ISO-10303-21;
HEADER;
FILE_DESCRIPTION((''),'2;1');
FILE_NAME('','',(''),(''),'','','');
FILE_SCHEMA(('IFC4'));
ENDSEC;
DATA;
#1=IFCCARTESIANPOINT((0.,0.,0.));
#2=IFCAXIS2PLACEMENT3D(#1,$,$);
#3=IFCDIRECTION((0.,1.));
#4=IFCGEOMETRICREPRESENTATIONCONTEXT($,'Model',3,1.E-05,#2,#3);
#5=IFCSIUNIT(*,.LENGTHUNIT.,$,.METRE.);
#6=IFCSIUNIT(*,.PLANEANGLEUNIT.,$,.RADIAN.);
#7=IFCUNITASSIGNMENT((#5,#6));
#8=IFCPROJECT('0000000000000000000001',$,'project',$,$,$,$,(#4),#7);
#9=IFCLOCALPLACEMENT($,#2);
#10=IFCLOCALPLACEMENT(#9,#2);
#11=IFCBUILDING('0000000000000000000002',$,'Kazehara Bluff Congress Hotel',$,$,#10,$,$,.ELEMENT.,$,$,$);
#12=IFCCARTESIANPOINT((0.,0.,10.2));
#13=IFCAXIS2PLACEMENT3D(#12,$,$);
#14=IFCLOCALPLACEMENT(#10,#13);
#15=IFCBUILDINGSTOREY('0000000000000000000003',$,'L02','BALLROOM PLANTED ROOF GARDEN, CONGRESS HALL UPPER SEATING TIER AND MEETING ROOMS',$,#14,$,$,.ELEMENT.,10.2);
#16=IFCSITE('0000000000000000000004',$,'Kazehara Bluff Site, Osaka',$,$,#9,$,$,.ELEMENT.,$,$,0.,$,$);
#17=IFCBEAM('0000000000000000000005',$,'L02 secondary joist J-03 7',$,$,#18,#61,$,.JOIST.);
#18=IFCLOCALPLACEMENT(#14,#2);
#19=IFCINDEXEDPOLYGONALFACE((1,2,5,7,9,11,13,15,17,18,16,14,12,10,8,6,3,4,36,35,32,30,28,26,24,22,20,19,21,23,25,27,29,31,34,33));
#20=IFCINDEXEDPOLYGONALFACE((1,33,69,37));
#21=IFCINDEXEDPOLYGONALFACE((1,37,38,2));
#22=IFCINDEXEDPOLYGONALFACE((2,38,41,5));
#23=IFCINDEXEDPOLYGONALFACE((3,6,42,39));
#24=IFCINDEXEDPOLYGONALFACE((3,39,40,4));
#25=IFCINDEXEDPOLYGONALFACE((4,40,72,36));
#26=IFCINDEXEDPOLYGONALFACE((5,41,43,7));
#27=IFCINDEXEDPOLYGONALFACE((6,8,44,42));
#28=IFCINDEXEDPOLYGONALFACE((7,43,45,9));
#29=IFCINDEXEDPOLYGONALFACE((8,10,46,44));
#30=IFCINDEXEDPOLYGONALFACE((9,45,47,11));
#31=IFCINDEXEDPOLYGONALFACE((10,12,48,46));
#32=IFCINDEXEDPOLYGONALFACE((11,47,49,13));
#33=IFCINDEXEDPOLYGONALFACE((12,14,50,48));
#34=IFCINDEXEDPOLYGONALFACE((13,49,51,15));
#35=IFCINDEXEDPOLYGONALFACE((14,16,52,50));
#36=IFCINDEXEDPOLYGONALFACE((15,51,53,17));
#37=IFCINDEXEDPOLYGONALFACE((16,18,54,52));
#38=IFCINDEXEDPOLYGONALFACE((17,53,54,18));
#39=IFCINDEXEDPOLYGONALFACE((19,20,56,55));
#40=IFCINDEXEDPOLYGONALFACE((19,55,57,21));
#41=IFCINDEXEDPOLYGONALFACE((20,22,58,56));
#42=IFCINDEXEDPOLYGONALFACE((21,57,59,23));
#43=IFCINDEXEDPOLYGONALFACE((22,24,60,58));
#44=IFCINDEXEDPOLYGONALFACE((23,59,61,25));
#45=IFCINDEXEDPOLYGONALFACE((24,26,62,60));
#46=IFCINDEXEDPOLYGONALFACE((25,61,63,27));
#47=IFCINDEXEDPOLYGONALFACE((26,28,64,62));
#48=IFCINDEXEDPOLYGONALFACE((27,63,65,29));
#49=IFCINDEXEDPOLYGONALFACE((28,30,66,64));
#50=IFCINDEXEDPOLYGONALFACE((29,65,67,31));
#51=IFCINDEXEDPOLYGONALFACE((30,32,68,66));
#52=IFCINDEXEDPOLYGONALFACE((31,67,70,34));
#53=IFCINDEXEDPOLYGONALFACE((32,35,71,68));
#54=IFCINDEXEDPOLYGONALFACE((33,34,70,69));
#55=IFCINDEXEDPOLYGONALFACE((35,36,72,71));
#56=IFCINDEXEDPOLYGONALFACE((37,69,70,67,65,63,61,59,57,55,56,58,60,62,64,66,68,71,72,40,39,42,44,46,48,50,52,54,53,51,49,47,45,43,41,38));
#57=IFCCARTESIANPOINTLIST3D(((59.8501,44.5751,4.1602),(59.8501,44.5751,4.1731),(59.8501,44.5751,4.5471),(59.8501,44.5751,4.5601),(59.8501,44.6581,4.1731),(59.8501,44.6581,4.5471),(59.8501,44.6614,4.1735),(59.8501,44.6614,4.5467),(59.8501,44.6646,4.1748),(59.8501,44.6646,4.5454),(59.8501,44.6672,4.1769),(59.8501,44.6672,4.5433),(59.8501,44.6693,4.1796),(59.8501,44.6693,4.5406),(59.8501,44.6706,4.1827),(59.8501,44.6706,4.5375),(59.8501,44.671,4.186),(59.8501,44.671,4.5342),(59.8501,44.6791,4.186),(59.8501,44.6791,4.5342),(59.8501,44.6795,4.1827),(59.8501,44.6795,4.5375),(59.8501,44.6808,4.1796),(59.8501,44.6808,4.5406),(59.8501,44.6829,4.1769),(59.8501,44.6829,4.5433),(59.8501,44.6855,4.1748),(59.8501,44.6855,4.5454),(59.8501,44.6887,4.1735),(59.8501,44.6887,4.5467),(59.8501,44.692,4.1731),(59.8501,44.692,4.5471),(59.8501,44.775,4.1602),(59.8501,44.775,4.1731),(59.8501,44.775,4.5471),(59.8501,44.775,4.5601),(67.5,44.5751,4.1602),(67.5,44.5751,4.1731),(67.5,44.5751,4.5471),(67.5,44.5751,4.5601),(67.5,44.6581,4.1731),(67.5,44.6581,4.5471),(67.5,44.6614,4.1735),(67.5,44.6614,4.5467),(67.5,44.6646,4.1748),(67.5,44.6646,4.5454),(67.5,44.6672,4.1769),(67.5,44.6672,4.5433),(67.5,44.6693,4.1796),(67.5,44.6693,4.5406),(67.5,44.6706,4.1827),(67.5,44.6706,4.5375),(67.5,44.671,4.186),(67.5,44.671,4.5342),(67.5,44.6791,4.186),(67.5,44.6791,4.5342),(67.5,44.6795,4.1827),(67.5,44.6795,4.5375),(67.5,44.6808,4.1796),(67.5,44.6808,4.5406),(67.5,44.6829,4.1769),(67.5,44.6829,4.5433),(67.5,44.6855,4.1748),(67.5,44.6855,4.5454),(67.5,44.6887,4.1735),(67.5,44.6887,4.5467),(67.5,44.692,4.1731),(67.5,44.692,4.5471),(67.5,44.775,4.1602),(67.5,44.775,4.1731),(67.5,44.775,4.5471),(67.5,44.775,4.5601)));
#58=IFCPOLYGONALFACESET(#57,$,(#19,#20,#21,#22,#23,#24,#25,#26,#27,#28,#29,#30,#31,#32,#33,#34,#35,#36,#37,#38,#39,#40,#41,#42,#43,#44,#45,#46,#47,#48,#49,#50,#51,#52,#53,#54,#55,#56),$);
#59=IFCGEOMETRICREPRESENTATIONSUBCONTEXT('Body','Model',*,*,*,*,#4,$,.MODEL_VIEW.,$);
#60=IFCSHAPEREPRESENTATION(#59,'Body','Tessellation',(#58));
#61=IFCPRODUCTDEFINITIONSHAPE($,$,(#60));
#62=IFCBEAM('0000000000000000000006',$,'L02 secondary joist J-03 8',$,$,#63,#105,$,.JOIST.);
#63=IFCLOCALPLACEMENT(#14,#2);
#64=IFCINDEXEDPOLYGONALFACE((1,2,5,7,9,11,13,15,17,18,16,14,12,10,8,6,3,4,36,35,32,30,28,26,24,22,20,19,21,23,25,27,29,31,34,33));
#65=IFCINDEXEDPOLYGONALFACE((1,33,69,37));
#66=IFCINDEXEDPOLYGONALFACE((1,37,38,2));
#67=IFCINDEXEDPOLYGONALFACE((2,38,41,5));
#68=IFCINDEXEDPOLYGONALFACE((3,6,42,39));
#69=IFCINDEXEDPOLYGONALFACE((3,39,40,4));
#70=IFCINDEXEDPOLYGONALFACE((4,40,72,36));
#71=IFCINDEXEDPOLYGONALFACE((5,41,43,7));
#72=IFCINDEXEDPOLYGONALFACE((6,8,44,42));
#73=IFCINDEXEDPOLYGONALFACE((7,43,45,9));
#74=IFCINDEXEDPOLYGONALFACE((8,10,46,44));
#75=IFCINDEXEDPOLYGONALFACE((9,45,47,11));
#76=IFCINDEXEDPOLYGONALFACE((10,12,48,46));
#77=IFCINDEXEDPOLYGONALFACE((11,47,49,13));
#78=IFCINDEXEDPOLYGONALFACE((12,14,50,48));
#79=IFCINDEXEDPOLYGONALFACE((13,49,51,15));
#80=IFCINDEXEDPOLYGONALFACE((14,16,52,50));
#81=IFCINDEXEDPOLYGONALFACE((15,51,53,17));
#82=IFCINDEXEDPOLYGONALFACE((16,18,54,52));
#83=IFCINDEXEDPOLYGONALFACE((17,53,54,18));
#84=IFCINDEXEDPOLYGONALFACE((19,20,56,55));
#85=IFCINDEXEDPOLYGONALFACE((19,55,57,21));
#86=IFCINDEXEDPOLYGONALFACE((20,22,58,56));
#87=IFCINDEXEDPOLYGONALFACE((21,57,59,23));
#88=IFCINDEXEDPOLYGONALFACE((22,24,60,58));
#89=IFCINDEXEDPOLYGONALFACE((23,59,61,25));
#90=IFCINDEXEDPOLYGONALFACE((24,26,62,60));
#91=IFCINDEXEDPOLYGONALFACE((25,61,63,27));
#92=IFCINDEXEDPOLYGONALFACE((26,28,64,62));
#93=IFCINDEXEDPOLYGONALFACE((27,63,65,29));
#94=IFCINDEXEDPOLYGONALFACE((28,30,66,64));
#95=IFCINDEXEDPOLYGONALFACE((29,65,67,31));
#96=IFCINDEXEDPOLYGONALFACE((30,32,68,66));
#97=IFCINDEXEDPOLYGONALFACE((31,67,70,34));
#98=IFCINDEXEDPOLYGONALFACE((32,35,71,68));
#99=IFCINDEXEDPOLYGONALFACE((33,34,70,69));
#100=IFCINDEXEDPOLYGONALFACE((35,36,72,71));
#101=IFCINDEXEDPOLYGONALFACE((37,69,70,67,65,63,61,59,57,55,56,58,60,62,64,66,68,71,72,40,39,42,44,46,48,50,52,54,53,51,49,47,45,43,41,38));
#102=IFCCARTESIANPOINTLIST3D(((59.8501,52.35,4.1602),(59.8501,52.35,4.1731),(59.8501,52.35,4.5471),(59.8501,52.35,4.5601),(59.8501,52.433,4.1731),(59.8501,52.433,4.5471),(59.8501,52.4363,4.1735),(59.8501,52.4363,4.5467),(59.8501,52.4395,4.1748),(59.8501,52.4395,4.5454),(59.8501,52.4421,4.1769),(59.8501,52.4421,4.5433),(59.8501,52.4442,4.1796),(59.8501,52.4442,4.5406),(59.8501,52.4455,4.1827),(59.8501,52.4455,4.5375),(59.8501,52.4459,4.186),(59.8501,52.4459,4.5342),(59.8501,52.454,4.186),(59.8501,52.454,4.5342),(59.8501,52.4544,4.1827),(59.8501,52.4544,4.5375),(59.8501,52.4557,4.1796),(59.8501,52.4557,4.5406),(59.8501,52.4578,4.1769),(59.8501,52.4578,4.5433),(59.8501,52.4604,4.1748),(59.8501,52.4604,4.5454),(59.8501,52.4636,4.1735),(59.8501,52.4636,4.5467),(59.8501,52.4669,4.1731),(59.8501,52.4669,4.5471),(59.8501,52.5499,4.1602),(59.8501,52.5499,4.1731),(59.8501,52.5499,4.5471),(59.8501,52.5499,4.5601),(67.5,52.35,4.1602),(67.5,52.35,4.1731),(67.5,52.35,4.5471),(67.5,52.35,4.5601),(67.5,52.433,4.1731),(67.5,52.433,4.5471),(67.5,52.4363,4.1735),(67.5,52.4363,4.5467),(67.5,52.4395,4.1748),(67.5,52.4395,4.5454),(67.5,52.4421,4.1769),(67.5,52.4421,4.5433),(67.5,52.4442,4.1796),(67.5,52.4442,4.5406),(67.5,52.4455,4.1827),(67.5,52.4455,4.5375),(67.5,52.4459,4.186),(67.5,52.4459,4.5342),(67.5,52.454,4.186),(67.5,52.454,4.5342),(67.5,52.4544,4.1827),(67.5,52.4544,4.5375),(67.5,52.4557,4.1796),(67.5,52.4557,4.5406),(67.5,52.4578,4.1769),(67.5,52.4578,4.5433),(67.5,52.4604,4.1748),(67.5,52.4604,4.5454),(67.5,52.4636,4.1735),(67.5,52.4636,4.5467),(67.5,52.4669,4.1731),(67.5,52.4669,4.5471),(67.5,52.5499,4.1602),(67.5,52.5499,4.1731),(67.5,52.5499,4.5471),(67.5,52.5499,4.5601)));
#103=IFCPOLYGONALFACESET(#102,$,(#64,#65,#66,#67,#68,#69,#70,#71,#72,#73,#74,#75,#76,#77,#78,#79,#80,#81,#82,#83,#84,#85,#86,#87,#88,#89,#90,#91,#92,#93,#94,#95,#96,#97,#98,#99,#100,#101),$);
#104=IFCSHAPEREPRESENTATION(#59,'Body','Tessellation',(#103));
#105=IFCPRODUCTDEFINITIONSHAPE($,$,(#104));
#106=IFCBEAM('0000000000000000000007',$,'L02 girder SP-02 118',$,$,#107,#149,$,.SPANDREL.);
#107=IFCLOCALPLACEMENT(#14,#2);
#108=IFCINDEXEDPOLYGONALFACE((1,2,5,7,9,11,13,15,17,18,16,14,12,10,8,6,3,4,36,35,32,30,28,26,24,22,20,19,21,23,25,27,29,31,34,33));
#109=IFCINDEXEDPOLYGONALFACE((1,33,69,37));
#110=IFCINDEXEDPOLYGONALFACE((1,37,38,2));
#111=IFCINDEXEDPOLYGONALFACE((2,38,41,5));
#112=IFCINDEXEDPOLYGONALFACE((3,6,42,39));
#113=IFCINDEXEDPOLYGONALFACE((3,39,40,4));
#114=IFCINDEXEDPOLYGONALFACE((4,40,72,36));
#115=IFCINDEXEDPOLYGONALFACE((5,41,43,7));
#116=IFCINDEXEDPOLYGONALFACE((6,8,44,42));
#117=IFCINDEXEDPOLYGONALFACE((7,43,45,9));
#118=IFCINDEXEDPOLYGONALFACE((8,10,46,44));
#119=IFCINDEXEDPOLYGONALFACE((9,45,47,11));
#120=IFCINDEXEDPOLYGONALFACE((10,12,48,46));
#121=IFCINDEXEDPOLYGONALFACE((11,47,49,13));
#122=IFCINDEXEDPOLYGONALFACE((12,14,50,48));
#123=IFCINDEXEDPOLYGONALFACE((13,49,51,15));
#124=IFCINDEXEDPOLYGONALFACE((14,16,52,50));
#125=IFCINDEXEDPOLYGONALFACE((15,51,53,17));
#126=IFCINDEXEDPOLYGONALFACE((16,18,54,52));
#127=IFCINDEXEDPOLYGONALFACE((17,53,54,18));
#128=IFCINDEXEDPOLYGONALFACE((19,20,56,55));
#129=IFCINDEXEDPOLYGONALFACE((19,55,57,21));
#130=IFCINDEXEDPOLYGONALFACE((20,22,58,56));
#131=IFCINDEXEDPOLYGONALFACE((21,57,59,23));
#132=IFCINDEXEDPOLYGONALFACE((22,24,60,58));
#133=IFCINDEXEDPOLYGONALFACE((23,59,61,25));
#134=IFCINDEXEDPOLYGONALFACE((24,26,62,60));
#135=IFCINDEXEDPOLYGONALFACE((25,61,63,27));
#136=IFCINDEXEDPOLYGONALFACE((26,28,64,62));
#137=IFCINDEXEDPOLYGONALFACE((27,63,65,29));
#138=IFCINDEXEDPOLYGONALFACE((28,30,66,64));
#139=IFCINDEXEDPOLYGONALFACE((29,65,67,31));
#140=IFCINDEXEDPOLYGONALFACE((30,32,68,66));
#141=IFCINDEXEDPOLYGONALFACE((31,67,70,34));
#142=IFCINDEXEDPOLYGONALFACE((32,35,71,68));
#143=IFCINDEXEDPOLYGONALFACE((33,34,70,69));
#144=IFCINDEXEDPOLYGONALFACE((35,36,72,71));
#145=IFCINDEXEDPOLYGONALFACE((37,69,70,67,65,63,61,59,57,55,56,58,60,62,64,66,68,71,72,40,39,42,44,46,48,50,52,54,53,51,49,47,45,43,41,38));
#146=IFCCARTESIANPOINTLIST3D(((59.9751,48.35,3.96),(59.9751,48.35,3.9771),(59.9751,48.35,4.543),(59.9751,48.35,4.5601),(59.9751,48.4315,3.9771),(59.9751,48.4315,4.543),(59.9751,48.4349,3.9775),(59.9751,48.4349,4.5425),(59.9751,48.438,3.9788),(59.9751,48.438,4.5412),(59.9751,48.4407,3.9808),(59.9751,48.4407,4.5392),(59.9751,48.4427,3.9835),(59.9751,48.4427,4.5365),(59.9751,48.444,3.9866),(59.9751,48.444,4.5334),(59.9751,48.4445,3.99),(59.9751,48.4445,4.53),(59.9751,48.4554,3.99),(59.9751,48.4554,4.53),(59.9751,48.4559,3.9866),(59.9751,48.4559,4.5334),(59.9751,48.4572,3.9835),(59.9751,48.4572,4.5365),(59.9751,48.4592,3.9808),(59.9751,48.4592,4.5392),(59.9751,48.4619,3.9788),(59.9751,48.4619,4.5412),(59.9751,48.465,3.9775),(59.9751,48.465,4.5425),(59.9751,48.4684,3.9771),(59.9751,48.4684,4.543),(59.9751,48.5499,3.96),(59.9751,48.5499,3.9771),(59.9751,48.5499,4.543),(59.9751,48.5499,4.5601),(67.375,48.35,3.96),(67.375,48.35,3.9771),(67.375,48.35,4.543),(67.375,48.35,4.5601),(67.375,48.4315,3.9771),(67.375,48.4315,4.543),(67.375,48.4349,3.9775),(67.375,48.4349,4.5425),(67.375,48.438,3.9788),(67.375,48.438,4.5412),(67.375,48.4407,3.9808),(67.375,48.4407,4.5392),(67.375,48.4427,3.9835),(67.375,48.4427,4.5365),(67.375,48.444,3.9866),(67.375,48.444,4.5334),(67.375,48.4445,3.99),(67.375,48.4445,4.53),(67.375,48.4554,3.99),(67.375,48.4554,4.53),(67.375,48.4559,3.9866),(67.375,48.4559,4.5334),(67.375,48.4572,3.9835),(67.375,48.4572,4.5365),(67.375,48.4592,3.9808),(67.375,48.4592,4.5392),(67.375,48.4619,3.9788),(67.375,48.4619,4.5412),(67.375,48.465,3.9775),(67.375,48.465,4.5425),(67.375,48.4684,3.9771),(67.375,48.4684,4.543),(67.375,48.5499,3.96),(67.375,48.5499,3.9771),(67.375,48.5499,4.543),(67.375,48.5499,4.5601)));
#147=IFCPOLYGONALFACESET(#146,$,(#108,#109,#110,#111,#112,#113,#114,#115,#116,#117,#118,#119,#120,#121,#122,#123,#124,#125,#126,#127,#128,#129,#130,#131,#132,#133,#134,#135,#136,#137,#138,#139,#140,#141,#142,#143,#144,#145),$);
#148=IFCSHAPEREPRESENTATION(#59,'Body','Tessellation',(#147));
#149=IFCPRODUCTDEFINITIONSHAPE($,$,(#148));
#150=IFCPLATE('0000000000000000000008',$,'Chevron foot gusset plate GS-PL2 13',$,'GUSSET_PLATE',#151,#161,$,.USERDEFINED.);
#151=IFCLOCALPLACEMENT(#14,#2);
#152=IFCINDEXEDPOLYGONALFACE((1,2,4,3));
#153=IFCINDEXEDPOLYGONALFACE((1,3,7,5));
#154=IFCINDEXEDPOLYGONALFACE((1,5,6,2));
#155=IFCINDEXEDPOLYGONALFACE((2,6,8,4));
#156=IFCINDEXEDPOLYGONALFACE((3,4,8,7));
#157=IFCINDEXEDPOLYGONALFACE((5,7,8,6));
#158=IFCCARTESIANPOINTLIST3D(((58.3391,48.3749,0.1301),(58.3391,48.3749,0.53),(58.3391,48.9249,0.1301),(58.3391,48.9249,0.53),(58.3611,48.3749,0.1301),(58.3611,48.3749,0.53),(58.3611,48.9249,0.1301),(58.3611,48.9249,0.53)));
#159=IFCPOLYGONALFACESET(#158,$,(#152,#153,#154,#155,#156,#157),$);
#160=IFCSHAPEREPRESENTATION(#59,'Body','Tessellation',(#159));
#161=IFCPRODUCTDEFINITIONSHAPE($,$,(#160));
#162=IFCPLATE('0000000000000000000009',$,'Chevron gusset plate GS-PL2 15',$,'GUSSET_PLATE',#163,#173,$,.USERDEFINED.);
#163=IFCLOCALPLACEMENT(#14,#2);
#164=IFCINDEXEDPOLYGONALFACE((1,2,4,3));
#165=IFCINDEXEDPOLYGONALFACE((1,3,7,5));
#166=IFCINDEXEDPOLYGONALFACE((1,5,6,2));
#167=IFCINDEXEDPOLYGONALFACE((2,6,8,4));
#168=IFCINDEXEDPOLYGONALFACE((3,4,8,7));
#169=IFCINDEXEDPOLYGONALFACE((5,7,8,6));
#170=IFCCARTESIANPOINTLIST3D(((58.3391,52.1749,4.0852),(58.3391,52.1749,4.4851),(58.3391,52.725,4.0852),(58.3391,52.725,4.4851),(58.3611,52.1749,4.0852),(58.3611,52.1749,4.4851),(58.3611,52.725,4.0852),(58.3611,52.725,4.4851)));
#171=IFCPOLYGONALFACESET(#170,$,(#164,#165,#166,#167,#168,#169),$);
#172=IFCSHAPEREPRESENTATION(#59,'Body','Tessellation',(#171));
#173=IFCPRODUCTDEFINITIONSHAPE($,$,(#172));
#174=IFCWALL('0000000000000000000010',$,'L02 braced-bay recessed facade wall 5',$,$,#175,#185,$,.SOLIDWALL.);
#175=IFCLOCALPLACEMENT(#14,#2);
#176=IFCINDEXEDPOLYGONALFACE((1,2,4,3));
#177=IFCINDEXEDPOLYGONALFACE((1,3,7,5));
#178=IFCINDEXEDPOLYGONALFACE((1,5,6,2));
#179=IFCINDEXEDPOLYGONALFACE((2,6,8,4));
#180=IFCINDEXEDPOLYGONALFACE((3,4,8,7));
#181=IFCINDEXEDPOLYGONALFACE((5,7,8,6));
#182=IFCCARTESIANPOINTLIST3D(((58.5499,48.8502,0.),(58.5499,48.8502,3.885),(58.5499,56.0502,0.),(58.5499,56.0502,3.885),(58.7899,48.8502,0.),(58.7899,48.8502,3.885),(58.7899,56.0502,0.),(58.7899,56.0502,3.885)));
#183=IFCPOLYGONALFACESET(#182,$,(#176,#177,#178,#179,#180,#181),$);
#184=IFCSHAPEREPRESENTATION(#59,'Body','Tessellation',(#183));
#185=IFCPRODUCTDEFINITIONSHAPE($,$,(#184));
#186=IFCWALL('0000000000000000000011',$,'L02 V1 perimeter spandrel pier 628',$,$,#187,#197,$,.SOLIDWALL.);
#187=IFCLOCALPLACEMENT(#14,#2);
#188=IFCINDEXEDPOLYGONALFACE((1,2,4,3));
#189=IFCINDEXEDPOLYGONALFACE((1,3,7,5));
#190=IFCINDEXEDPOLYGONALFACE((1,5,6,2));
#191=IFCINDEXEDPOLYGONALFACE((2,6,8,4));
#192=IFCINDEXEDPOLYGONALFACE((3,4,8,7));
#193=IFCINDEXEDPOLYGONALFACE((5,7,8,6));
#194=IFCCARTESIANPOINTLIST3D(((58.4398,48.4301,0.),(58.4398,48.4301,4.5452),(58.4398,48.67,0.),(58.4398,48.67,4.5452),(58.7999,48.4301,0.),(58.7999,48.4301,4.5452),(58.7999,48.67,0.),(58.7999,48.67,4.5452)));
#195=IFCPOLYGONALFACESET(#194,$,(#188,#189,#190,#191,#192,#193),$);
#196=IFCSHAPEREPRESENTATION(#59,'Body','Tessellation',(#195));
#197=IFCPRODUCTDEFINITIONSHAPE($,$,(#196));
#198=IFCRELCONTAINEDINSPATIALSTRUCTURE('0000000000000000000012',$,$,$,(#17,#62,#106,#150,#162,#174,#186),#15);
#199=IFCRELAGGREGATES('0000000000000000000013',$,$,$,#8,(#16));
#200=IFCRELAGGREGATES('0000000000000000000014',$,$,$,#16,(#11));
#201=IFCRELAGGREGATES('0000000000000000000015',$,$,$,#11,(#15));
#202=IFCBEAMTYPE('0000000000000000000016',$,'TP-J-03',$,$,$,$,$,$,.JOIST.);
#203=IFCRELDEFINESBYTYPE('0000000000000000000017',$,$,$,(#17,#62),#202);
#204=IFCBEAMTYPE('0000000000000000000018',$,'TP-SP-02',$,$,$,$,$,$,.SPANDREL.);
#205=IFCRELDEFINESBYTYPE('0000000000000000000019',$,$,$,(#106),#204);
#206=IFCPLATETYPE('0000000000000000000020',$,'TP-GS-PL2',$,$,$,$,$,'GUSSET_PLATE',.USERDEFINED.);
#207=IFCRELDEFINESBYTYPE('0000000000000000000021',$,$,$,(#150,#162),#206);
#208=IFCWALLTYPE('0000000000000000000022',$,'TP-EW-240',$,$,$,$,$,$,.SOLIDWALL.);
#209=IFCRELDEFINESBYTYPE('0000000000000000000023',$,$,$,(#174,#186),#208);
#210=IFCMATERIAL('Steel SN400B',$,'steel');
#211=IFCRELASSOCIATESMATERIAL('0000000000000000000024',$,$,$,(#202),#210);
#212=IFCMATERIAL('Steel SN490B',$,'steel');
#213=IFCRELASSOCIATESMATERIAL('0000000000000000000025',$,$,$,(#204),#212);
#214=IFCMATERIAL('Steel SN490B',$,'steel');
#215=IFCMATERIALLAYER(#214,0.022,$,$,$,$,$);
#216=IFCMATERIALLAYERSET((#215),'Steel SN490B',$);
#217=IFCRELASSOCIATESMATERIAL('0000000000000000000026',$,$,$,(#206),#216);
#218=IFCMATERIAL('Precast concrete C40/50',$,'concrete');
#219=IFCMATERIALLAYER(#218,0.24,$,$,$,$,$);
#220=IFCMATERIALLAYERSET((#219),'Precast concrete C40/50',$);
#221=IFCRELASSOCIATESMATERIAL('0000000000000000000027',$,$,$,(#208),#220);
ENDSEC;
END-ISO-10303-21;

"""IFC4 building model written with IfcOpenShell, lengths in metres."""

from ifc_helpers import new_model, si_unit, direction, frame, frame_2d, origin, origin_2d, place, context, subcontext, project, spatial, rectangle, i_section, extrude, material, layer, layer_set, material_profile, profile_set, type_object, element, save


model = new_model("IFC4")

# Units and contexts
model_context = context("Model", 3, precision=1e-05, world=origin(), true_north=direction((0.0, 1.0)))
body_context = subcontext(model_context, "Body", "Model", "MODEL_VIEW")
ifc_project = project(units=[si_unit("LENGTHUNIT", "METRE"), si_unit("PLANEANGLEUNIT", "RADIAN")], contexts=[model_context])

# Site, building, storey
site_placement = place(None, origin())
site = spatial("IfcSite", under=ifc_project, at=site_placement, Name="Kazehara Bluff Site, Osaka", CompositionType="ELEMENT", RefElevation=0.0)
building_placement = place(site_placement, origin())
building = spatial("IfcBuilding", under=site, at=building_placement, Name="Kazehara Bluff Congress Hotel", CompositionType="ELEMENT")
storey_placement = place(building_placement, frame((0.0, 0.0, 10.2)))
storey = spatial("IfcBuildingStorey", under=building, at=storey_placement, Name="L02", Description="BALLROOM PLANTED ROOF GARDEN, CONGRESS HALL UPPER SEATING TIER AND MEETING ROOMS", CompositionType="ELEMENT", Elevation=10.2)

# Beams
ifc_material_1 = material(Name="Steel SN400B", Category="steel")
ifc_material_profile_1 = material_profile(ifc_material_1, i_section(OverallWidth=0.2, OverallDepth=0.3999, WebThickness=0.0081, FlangeThickness=0.0129, FilletRadius=0.0129, at=origin_2d()))
ifc_profile_set_1 = profile_set([ifc_material_profile_1], Name="Steel SN400B")
beam_type_1 = type_object("IfcBeamType", Name="TP-J-03", PredefinedType="JOIST", material=ifc_profile_set_1)
for number, where, z_axis, x_axis, name in (
    (1, (59.8501, 44.675, 4.3601), (1.0, 0.0, 0.0), (0.0, 1.0, 0.0), "L02 secondary joist J-03 7"),
    (2, (59.8501, 52.45, 4.3601), (1.0, 0.0, 0.0), (0.0, 1.0, 0.0), "L02 secondary joist J-03 8"),
):
    element("IfcBeam", number, at=place(storey_placement, frame(where, z_axis=z_axis, x_axis=x_axis)), inside=storey, type_object=beam_type_1, Name=name, PredefinedType="JOIST", context=body_context, shape_type="SweptSolid", body=[
        extrude(i_section(OverallWidth=0.2, OverallDepth=0.3999, WebThickness=0.0081, FlangeThickness=0.0129, FilletRadius=0.0129, at=origin_2d()), origin(), (0.0, 0.0, 1.0), 7.6499),
    ])
ifc_material_2 = material(Name="Steel SN490B", Category="steel")
ifc_material_profile_2 = material_profile(ifc_material_2, i_section(OverallWidth=0.2, OverallDepth=0.6001, WebThickness=0.011, FlangeThickness=0.0171, FilletRadius=0.0129, at=origin_2d()))
ifc_profile_set_2 = profile_set([ifc_material_profile_2], Name="Steel SN490B")
beam_type_2 = type_object("IfcBeamType", Name="TP-SP-02", PredefinedType="SPANDREL", material=ifc_profile_set_2)
beam_1_placement = place(storey_placement, frame((59.9751, 48.45, 4.26), z_axis=(1.0, 0.0, 0.0), x_axis=(0.0, 1.0, 0.0)))
element("IfcBeam", 3, at=beam_1_placement, inside=storey, type_object=beam_type_2, Name="L02 girder SP-02 118", PredefinedType="SPANDREL", context=body_context, shape_type="SweptSolid", body=[
    extrude(i_section(OverallWidth=0.2, OverallDepth=0.6001, WebThickness=0.011, FlangeThickness=0.0171, FilletRadius=0.0129, at=origin_2d()), origin(), (0.0, 0.0, 1.0), 7.3999),
])

# Plates
ifc_material_3 = material(Name="Steel SN490B", Category="steel")
ifc_layer_1 = layer(ifc_material_3, 0.022)
ifc_layer_set_1 = layer_set([ifc_layer_1], Name="Steel SN490B")
plate_type = type_object("IfcPlateType", Name="TP-GS-PL2", ElementType="GUSSET_PLATE", PredefinedType="USERDEFINED", material=ifc_layer_set_1)
for number, where, z_axis, x_axis, name in (
    (4, (58.3501, 48.6499, 0.1301), (0.0, 0.0, 1.0), (1.0, 0.0, 0.0), "Chevron foot gusset plate GS-PL2 13"),
    (5, (58.3501, 52.45, 4.0852), (0.0, 0.0, 1.0), (1.0, 0.0, 0.0), "Chevron gusset plate GS-PL2 15"),
):
    element("IfcPlate", number, at=place(storey_placement, frame(where, z_axis=z_axis, x_axis=x_axis)), inside=storey, type_object=plate_type, Name=name, ObjectType="GUSSET_PLATE", PredefinedType="USERDEFINED", context=body_context, shape_type="SweptSolid", body=[
        extrude(rectangle(XDim=0.022, YDim=0.55, at=origin_2d()), origin(), (0.0, 0.0, 1.0), 0.3999),
    ])

# Walls
ifc_material_4 = material(Name="Precast concrete C40/50", Category="concrete")
ifc_layer_2 = layer(ifc_material_4, 0.24)
ifc_layer_set_2 = layer_set([ifc_layer_2], Name="Precast concrete C40/50")
wall_type_1 = type_object("IfcWallType", Name="TP-EW-240", PredefinedType="SOLIDWALL", material=ifc_layer_set_2)
wall_1_placement = place(storey_placement, frame((58.6699, 48.8501, 0.0), z_axis=(0.0, 0.0, 1.0), x_axis=(0.0, 1.0, 0.0)))
element("IfcWall", 6, at=wall_1_placement, inside=storey, type_object=wall_type_1, Name="L02 braced-bay recessed facade wall 5", PredefinedType="SOLIDWALL", context=body_context, shape_type="SweptSolid", body=[
    extrude(rectangle(XDim=7.2, YDim=0.24, at=frame_2d((3.6001, 0.0))), origin(), (0.0, 0.0, 1.0), 3.885),
])
wall_2_placement = place(storey_placement, frame((58.8, 48.55, 0.0), z_axis=(0.0, 0.0, 1.0), x_axis=(-1.0, 0.0, 0.0)))
element("IfcWall", 7, at=wall_2_placement, inside=storey, type_object=wall_type_1, Name="L02 V1 perimeter spandrel pier 628", PredefinedType="SOLIDWALL", context=body_context, shape_type="SweptSolid", body=[
    extrude(rectangle(XDim=0.3601, YDim=0.24, at=frame_2d((0.1802, 0.0))), origin(), (0.0, 0.0, 1.0), 4.5452),
])

save(model, "model.ifc")
